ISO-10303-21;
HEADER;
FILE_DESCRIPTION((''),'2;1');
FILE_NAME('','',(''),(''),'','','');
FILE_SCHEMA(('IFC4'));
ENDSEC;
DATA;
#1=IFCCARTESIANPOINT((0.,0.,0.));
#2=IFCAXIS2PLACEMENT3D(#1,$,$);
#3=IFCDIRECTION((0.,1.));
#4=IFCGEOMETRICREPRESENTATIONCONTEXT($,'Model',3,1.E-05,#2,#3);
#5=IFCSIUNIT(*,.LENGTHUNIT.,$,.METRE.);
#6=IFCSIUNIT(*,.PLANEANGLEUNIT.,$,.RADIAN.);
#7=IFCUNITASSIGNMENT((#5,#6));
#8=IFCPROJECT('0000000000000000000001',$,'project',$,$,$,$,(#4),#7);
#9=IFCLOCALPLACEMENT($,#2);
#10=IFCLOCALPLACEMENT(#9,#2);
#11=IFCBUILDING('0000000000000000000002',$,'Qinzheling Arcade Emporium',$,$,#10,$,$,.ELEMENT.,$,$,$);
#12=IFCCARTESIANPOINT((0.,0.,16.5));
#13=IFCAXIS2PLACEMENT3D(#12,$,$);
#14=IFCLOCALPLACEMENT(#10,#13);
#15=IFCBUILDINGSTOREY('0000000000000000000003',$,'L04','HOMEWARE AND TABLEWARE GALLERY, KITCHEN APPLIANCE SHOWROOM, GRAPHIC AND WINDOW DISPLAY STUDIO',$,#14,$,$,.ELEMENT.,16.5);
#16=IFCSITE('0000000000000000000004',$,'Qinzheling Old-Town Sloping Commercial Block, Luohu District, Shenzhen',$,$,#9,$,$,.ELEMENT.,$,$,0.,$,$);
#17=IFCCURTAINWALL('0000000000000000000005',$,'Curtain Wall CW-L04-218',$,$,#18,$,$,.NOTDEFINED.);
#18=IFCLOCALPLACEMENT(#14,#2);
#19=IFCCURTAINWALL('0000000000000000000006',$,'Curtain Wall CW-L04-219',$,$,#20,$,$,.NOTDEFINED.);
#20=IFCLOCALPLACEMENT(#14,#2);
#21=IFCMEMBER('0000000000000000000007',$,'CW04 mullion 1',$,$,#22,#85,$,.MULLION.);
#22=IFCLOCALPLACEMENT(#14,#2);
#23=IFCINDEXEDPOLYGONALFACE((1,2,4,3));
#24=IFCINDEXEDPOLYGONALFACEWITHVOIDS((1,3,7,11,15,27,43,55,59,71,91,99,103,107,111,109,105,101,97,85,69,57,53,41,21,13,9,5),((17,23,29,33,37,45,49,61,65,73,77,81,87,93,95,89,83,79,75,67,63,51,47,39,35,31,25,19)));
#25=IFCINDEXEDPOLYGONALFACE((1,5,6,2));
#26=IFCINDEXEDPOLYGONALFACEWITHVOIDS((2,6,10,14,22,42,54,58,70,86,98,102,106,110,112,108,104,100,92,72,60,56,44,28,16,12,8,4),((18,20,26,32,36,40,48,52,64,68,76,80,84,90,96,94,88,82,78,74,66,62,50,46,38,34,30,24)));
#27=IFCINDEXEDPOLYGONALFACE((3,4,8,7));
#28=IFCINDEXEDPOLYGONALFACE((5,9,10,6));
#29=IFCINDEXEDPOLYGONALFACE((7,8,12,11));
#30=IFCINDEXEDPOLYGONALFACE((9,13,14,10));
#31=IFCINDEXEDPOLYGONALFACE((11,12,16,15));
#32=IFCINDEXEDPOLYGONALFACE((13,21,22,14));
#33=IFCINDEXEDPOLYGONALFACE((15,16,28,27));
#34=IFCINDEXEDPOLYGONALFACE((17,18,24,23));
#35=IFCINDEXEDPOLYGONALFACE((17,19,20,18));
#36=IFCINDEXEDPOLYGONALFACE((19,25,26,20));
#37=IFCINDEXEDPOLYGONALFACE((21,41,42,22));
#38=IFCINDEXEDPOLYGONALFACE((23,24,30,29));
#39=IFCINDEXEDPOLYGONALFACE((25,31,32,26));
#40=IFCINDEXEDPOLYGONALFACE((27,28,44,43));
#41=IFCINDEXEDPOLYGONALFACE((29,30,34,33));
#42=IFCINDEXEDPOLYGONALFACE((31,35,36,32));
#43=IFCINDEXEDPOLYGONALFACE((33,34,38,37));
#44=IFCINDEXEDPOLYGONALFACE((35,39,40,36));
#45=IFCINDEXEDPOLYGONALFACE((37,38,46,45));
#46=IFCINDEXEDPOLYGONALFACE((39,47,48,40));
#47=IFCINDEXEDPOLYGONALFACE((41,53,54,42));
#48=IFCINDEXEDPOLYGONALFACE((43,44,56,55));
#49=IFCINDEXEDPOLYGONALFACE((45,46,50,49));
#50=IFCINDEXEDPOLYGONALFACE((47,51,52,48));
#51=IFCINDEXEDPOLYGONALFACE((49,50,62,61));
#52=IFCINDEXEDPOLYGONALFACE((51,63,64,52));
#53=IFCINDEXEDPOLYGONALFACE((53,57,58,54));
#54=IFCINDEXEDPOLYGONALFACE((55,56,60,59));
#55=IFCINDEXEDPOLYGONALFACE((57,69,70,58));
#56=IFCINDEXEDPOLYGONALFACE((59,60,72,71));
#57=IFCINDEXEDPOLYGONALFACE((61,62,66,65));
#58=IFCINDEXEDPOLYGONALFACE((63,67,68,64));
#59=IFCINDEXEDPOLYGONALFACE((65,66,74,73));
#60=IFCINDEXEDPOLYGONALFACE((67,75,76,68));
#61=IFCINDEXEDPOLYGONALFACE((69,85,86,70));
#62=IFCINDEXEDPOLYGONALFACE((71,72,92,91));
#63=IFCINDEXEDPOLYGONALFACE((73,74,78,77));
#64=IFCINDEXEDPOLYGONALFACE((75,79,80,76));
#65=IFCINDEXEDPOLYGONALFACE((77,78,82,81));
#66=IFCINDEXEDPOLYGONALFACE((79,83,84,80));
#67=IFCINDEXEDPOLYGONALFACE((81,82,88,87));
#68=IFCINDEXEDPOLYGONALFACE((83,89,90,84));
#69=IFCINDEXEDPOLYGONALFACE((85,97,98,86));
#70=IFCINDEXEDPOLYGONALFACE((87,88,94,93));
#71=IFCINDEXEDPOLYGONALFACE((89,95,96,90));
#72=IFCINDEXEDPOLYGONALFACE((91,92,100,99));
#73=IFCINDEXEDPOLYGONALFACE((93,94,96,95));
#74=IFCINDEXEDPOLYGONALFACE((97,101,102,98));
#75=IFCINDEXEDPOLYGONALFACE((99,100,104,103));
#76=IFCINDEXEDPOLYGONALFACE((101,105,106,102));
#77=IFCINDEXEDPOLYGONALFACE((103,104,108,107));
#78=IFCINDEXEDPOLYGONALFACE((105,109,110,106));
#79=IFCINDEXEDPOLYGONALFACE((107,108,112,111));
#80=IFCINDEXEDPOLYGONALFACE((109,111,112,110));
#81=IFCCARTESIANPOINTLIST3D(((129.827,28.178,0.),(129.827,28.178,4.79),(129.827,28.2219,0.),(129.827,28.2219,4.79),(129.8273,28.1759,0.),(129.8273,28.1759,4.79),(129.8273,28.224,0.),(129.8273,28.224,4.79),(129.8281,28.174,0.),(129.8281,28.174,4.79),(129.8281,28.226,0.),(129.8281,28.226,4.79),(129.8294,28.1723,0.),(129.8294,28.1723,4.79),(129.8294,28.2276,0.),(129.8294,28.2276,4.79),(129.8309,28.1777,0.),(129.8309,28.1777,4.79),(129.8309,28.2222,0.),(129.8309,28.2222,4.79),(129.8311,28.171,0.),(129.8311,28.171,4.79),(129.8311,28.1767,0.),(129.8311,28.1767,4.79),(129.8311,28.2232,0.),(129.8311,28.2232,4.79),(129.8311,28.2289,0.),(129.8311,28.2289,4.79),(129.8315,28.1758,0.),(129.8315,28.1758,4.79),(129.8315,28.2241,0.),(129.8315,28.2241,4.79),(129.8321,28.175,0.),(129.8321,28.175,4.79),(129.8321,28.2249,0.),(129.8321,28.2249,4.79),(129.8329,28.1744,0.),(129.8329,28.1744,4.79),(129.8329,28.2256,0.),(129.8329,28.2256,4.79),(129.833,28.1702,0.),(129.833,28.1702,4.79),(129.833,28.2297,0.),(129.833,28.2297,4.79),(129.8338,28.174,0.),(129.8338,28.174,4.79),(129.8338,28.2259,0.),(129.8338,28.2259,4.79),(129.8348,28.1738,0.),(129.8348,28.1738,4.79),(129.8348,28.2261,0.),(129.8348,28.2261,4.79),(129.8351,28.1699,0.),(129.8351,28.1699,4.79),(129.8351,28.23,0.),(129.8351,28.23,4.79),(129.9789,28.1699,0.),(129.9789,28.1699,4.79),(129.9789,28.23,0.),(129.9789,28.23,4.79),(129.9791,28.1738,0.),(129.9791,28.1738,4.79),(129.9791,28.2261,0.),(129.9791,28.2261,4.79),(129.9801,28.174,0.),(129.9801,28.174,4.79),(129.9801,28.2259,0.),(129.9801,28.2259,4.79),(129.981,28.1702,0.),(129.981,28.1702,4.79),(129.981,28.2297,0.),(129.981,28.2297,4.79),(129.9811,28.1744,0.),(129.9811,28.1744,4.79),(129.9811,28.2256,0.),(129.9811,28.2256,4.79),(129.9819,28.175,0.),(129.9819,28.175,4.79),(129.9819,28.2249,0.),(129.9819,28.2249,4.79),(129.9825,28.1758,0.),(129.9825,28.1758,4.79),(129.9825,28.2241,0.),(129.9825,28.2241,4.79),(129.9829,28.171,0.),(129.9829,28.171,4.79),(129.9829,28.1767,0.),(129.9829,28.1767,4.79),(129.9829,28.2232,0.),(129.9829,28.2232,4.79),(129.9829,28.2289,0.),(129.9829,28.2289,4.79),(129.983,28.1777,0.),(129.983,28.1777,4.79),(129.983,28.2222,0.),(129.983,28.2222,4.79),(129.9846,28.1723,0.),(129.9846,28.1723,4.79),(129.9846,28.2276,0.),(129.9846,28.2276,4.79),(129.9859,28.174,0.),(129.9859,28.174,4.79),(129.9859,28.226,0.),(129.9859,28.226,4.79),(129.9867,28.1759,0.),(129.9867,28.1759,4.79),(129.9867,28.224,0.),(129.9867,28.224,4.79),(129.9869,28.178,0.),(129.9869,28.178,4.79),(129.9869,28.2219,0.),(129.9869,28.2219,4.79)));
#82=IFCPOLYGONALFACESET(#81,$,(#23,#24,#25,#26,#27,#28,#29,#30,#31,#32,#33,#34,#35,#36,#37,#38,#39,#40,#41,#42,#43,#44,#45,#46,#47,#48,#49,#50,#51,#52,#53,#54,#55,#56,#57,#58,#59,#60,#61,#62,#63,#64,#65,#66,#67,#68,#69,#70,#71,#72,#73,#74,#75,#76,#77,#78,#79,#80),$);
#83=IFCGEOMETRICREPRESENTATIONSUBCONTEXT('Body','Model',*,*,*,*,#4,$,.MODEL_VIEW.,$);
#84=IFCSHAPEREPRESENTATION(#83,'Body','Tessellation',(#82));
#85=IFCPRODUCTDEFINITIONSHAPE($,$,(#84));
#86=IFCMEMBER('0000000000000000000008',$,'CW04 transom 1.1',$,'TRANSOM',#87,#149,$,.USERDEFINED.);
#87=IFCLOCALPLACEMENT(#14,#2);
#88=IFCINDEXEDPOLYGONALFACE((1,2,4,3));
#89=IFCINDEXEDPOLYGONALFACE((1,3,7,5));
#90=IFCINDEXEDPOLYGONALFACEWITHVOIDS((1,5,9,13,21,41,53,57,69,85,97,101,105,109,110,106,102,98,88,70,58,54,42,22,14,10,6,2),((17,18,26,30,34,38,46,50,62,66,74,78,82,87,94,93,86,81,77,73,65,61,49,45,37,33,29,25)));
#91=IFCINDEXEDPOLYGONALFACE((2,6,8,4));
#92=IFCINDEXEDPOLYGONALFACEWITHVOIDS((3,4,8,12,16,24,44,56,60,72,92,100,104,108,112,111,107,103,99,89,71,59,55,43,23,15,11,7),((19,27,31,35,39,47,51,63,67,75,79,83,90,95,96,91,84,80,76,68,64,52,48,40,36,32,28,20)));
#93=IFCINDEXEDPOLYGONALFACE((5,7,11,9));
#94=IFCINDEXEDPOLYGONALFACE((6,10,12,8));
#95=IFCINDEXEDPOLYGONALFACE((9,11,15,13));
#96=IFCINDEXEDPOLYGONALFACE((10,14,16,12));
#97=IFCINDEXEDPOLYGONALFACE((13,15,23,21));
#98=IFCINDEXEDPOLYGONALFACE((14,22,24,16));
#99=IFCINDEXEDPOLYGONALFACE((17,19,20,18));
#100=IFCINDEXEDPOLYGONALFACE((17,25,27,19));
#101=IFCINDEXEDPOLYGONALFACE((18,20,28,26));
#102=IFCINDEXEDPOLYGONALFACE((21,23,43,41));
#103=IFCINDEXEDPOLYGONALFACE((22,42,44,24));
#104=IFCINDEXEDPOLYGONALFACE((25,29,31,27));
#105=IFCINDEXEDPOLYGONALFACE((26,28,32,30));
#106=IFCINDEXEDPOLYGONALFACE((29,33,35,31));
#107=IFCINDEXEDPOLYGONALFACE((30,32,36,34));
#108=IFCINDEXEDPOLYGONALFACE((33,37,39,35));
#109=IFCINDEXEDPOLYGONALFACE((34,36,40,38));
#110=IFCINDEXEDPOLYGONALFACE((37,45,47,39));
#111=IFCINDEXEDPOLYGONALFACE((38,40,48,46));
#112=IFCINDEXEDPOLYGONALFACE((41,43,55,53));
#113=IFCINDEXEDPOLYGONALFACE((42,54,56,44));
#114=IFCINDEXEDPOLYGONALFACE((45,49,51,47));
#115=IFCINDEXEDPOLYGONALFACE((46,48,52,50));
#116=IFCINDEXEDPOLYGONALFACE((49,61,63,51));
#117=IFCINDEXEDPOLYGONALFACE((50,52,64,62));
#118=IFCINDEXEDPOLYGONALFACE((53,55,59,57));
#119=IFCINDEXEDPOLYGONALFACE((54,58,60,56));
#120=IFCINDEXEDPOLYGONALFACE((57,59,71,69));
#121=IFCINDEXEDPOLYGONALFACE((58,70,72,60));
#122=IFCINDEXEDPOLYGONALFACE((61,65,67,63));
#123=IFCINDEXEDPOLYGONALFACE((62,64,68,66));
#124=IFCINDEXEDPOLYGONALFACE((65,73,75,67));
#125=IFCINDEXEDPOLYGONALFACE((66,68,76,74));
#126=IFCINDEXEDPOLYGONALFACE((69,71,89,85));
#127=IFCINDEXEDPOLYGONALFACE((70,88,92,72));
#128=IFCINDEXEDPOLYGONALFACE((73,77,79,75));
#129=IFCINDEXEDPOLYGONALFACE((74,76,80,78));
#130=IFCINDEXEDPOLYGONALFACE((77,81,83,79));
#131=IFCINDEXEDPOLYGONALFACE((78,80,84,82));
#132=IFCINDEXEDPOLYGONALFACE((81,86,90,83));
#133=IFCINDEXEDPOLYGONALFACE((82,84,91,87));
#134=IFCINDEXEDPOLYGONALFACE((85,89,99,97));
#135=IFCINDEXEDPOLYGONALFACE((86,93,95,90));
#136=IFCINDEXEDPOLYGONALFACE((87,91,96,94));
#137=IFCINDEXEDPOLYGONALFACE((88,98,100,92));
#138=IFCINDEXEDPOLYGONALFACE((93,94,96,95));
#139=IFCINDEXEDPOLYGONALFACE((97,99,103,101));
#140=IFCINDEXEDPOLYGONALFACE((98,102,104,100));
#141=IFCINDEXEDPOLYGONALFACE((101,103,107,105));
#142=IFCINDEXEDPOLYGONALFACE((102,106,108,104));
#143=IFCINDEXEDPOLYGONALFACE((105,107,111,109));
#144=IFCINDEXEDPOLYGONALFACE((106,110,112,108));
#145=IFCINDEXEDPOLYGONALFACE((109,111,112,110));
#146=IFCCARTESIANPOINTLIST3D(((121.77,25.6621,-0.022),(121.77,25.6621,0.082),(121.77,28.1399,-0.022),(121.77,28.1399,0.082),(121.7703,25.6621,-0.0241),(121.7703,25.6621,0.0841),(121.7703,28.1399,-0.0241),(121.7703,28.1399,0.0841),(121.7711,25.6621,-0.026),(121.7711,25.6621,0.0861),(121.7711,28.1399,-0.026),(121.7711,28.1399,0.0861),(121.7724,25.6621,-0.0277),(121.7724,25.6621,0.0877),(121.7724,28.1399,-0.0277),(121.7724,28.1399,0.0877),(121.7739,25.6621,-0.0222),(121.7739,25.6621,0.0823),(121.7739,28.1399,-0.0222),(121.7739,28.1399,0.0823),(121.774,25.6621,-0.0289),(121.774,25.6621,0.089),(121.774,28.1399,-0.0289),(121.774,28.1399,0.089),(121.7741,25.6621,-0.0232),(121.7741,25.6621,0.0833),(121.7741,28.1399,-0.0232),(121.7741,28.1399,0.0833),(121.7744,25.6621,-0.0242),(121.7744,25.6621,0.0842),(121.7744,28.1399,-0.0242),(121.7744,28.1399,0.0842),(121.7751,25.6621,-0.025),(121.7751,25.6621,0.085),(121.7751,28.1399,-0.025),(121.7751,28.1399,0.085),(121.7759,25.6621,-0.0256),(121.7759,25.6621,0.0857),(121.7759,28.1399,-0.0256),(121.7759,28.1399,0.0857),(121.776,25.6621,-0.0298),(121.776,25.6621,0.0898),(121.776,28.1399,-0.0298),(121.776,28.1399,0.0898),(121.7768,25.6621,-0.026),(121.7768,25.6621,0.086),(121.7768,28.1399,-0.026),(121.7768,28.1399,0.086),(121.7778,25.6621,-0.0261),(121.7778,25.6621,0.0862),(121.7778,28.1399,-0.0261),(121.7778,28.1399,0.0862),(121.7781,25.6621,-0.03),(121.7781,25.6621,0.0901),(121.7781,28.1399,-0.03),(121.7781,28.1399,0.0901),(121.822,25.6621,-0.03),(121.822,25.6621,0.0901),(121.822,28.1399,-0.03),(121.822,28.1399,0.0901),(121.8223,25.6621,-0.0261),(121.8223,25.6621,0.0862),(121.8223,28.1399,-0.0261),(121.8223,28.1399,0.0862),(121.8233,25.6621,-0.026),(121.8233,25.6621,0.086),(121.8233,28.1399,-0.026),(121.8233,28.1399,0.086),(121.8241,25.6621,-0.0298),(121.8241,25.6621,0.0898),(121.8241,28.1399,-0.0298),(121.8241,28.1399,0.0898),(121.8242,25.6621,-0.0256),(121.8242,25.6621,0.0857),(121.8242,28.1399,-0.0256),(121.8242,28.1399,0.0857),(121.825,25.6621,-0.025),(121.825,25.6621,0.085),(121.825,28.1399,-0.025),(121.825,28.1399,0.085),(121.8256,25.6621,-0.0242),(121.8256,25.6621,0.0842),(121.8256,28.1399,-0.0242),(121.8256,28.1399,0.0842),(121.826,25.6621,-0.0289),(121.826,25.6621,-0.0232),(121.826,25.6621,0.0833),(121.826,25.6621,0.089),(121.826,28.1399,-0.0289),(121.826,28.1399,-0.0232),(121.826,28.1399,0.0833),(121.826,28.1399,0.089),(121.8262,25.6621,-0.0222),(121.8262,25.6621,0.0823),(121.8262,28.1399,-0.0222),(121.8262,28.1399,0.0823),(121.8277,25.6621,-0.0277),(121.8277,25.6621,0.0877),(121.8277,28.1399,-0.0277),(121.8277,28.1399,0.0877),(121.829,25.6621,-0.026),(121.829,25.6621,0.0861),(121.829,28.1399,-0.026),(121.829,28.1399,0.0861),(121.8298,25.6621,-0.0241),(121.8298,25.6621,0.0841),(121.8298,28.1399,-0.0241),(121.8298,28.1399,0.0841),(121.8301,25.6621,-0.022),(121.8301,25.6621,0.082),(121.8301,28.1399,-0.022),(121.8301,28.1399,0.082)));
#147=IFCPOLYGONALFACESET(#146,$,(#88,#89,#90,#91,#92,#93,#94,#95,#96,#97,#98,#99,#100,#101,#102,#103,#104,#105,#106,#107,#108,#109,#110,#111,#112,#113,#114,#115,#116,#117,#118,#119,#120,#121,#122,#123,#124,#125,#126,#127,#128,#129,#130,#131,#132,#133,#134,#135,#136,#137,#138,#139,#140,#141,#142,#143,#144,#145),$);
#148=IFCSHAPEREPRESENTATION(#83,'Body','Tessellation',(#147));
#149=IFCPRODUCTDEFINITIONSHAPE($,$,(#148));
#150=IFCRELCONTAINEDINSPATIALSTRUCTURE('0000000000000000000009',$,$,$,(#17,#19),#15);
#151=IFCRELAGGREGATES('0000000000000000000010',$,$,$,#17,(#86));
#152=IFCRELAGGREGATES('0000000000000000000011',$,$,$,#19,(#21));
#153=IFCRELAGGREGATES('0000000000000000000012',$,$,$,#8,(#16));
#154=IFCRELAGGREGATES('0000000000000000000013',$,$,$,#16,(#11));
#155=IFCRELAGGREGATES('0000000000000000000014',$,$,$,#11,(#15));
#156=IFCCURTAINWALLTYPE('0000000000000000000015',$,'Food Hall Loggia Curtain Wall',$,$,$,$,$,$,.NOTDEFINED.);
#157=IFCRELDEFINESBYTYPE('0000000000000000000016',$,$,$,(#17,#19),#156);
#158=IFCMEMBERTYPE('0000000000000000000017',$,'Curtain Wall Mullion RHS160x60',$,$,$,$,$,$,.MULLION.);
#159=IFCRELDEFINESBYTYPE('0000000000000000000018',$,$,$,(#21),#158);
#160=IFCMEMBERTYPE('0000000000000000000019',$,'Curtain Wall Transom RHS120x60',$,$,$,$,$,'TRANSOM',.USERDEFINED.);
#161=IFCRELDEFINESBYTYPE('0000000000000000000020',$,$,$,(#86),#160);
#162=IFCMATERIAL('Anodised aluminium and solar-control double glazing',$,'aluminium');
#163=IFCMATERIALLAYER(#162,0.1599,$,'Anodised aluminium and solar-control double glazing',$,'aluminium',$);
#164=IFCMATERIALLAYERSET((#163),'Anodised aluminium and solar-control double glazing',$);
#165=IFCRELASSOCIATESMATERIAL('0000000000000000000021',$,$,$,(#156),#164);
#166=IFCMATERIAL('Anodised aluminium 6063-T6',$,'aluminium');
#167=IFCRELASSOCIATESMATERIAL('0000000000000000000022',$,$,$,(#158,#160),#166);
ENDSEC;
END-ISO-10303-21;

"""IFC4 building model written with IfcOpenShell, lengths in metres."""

from ifc_helpers import new_model, si_unit, direction, frame, origin, origin_2d, place, context, subcontext, project, spatial, hollow_rectangle, extrude, material, layer, layer_set, material_profile, profile_set, type_object, element, aggregate, save


model = new_model("IFC4")

# Units and contexts
model_context = context("Model", 3, precision=1e-05, world=origin(), true_north=direction((0.0, 1.0)))
body_context = subcontext(model_context, "Body", "Model", "MODEL_VIEW")
ifc_project = project(units=[si_unit("LENGTHUNIT", "METRE"), si_unit("PLANEANGLEUNIT", "RADIAN")], contexts=[model_context])

# Site, building, storey
site_placement = place(None, origin())
site = spatial("IfcSite", under=ifc_project, at=site_placement, Name="Qinzheling Old-Town Sloping Commercial Block, Luohu District, Shenzhen", CompositionType="ELEMENT", RefElevation=0.0)
building_placement = place(site_placement, origin())
building = spatial("IfcBuilding", under=site, at=building_placement, Name="Qinzheling Arcade Emporium", CompositionType="ELEMENT")
storey_placement = place(building_placement, frame((0.0, 0.0, 16.5)))
storey = spatial("IfcBuildingStorey", under=building, at=storey_placement, Name="L04", Description="HOMEWARE AND TABLEWARE GALLERY, KITCHEN APPLIANCE SHOWROOM, GRAPHIC AND WINDOW DISPLAY STUDIO", CompositionType="ELEMENT", Elevation=16.5)

# Curtain wall
ifc_material_1 = material(Name="Anodised aluminium and solar-control double glazing", Category="aluminium")
ifc_layer_1 = layer(ifc_material_1, 0.1599, Name="Anodised aluminium and solar-control double glazing", Category="aluminium")
ifc_layer_set_1 = layer_set([ifc_layer_1], Name="Anodised aluminium and solar-control double glazing")
curtain_wall_type = type_object("IfcCurtainWallType", Name="Food Hall Loggia Curtain Wall", PredefinedType="NOTDEFINED", material=ifc_layer_set_1)
curtain_wall_1_placement = place(storey_placement, origin())
curtain_wall_1 = element("IfcCurtainWall", 1, at=curtain_wall_1_placement, inside=storey, type_object=curtain_wall_type, Name="Curtain Wall CW-L04-218", PredefinedType="NOTDEFINED")
ifc_material_2 = material(Name="Anodised aluminium 6063-T6", Category="aluminium")
ifc_material_profile_1 = material_profile(ifc_material_2, hollow_rectangle(XDim=0.0601, YDim=0.1599, WallThickness=0.0039, InnerFilletRadius=0.0039, OuterFilletRadius=0.0081, at=origin_2d()), Name="RHS 160x60x4", Category="aluminium")
ifc_profile_set_1 = profile_set([ifc_material_profile_1], Name="Anodised aluminium 6063-T6")
member_type_1 = type_object("IfcMemberType", Name="Curtain Wall Mullion RHS160x60", PredefinedType="MULLION", material=ifc_profile_set_1)

# Curtain wall, member
curtain_wall_2_placement = place(storey_placement, origin())
curtain_wall_2 = element("IfcCurtainWall", 2, at=curtain_wall_2_placement, inside=storey, type_object=curtain_wall_type, Name="Curtain Wall CW-L04-219", PredefinedType="NOTDEFINED")
member_1_placement = place(storey_placement, frame((129.907, 28.2, 0.0), z_axis=(0.0, 0.0, 1.0), x_axis=(0.0, 1.0, 0.0)))
member_1 = element("IfcMember", 3, at=member_1_placement, type_object=member_type_1, Name="CW04 mullion 1", PredefinedType="MULLION", context=body_context, shape_type="SweptSolid", body=[
    extrude(hollow_rectangle(XDim=0.0601, YDim=0.1599, WallThickness=0.0039, InnerFilletRadius=0.0039, OuterFilletRadius=0.0081, at=origin_2d()), origin(), (0.0, 0.0, 1.0), 4.79),
])

# Member
ifc_material_profile_2 = material_profile(ifc_material_2, hollow_rectangle(XDim=0.0601, YDim=0.1201, WallThickness=0.0039, InnerFilletRadius=0.0039, OuterFilletRadius=0.0081, at=origin_2d()), Name="RHS 120x60x4", Category="aluminium")
ifc_profile_set_2 = profile_set([ifc_material_profile_2], Name="Anodised aluminium 6063-T6")
member_type_2 = type_object("IfcMemberType", Name="Curtain Wall Transom RHS120x60", ElementType="TRANSOM", PredefinedType="USERDEFINED", material=ifc_profile_set_2)
member_2_placement = place(storey_placement, frame((121.8, 25.6621, 0.03), z_axis=(0.0, 1.0, 0.0), x_axis=(-1.0, 0.0, 0.0)))
member_2 = element("IfcMember", 4, at=member_2_placement, type_object=member_type_2, Name="CW04 transom 1.1", ObjectType="TRANSOM", PredefinedType="USERDEFINED", context=body_context, shape_type="SweptSolid", body=[
    extrude(hollow_rectangle(XDim=0.0601, YDim=0.1201, WallThickness=0.0039, InnerFilletRadius=0.0039, OuterFilletRadius=0.0081, at=origin_2d()), origin(), (0.0, 0.0, 1.0), 2.4778),
])

aggregate(curtain_wall_1, [member_2])
aggregate(curtain_wall_2, [member_1])

save(model, "model.ifc")
